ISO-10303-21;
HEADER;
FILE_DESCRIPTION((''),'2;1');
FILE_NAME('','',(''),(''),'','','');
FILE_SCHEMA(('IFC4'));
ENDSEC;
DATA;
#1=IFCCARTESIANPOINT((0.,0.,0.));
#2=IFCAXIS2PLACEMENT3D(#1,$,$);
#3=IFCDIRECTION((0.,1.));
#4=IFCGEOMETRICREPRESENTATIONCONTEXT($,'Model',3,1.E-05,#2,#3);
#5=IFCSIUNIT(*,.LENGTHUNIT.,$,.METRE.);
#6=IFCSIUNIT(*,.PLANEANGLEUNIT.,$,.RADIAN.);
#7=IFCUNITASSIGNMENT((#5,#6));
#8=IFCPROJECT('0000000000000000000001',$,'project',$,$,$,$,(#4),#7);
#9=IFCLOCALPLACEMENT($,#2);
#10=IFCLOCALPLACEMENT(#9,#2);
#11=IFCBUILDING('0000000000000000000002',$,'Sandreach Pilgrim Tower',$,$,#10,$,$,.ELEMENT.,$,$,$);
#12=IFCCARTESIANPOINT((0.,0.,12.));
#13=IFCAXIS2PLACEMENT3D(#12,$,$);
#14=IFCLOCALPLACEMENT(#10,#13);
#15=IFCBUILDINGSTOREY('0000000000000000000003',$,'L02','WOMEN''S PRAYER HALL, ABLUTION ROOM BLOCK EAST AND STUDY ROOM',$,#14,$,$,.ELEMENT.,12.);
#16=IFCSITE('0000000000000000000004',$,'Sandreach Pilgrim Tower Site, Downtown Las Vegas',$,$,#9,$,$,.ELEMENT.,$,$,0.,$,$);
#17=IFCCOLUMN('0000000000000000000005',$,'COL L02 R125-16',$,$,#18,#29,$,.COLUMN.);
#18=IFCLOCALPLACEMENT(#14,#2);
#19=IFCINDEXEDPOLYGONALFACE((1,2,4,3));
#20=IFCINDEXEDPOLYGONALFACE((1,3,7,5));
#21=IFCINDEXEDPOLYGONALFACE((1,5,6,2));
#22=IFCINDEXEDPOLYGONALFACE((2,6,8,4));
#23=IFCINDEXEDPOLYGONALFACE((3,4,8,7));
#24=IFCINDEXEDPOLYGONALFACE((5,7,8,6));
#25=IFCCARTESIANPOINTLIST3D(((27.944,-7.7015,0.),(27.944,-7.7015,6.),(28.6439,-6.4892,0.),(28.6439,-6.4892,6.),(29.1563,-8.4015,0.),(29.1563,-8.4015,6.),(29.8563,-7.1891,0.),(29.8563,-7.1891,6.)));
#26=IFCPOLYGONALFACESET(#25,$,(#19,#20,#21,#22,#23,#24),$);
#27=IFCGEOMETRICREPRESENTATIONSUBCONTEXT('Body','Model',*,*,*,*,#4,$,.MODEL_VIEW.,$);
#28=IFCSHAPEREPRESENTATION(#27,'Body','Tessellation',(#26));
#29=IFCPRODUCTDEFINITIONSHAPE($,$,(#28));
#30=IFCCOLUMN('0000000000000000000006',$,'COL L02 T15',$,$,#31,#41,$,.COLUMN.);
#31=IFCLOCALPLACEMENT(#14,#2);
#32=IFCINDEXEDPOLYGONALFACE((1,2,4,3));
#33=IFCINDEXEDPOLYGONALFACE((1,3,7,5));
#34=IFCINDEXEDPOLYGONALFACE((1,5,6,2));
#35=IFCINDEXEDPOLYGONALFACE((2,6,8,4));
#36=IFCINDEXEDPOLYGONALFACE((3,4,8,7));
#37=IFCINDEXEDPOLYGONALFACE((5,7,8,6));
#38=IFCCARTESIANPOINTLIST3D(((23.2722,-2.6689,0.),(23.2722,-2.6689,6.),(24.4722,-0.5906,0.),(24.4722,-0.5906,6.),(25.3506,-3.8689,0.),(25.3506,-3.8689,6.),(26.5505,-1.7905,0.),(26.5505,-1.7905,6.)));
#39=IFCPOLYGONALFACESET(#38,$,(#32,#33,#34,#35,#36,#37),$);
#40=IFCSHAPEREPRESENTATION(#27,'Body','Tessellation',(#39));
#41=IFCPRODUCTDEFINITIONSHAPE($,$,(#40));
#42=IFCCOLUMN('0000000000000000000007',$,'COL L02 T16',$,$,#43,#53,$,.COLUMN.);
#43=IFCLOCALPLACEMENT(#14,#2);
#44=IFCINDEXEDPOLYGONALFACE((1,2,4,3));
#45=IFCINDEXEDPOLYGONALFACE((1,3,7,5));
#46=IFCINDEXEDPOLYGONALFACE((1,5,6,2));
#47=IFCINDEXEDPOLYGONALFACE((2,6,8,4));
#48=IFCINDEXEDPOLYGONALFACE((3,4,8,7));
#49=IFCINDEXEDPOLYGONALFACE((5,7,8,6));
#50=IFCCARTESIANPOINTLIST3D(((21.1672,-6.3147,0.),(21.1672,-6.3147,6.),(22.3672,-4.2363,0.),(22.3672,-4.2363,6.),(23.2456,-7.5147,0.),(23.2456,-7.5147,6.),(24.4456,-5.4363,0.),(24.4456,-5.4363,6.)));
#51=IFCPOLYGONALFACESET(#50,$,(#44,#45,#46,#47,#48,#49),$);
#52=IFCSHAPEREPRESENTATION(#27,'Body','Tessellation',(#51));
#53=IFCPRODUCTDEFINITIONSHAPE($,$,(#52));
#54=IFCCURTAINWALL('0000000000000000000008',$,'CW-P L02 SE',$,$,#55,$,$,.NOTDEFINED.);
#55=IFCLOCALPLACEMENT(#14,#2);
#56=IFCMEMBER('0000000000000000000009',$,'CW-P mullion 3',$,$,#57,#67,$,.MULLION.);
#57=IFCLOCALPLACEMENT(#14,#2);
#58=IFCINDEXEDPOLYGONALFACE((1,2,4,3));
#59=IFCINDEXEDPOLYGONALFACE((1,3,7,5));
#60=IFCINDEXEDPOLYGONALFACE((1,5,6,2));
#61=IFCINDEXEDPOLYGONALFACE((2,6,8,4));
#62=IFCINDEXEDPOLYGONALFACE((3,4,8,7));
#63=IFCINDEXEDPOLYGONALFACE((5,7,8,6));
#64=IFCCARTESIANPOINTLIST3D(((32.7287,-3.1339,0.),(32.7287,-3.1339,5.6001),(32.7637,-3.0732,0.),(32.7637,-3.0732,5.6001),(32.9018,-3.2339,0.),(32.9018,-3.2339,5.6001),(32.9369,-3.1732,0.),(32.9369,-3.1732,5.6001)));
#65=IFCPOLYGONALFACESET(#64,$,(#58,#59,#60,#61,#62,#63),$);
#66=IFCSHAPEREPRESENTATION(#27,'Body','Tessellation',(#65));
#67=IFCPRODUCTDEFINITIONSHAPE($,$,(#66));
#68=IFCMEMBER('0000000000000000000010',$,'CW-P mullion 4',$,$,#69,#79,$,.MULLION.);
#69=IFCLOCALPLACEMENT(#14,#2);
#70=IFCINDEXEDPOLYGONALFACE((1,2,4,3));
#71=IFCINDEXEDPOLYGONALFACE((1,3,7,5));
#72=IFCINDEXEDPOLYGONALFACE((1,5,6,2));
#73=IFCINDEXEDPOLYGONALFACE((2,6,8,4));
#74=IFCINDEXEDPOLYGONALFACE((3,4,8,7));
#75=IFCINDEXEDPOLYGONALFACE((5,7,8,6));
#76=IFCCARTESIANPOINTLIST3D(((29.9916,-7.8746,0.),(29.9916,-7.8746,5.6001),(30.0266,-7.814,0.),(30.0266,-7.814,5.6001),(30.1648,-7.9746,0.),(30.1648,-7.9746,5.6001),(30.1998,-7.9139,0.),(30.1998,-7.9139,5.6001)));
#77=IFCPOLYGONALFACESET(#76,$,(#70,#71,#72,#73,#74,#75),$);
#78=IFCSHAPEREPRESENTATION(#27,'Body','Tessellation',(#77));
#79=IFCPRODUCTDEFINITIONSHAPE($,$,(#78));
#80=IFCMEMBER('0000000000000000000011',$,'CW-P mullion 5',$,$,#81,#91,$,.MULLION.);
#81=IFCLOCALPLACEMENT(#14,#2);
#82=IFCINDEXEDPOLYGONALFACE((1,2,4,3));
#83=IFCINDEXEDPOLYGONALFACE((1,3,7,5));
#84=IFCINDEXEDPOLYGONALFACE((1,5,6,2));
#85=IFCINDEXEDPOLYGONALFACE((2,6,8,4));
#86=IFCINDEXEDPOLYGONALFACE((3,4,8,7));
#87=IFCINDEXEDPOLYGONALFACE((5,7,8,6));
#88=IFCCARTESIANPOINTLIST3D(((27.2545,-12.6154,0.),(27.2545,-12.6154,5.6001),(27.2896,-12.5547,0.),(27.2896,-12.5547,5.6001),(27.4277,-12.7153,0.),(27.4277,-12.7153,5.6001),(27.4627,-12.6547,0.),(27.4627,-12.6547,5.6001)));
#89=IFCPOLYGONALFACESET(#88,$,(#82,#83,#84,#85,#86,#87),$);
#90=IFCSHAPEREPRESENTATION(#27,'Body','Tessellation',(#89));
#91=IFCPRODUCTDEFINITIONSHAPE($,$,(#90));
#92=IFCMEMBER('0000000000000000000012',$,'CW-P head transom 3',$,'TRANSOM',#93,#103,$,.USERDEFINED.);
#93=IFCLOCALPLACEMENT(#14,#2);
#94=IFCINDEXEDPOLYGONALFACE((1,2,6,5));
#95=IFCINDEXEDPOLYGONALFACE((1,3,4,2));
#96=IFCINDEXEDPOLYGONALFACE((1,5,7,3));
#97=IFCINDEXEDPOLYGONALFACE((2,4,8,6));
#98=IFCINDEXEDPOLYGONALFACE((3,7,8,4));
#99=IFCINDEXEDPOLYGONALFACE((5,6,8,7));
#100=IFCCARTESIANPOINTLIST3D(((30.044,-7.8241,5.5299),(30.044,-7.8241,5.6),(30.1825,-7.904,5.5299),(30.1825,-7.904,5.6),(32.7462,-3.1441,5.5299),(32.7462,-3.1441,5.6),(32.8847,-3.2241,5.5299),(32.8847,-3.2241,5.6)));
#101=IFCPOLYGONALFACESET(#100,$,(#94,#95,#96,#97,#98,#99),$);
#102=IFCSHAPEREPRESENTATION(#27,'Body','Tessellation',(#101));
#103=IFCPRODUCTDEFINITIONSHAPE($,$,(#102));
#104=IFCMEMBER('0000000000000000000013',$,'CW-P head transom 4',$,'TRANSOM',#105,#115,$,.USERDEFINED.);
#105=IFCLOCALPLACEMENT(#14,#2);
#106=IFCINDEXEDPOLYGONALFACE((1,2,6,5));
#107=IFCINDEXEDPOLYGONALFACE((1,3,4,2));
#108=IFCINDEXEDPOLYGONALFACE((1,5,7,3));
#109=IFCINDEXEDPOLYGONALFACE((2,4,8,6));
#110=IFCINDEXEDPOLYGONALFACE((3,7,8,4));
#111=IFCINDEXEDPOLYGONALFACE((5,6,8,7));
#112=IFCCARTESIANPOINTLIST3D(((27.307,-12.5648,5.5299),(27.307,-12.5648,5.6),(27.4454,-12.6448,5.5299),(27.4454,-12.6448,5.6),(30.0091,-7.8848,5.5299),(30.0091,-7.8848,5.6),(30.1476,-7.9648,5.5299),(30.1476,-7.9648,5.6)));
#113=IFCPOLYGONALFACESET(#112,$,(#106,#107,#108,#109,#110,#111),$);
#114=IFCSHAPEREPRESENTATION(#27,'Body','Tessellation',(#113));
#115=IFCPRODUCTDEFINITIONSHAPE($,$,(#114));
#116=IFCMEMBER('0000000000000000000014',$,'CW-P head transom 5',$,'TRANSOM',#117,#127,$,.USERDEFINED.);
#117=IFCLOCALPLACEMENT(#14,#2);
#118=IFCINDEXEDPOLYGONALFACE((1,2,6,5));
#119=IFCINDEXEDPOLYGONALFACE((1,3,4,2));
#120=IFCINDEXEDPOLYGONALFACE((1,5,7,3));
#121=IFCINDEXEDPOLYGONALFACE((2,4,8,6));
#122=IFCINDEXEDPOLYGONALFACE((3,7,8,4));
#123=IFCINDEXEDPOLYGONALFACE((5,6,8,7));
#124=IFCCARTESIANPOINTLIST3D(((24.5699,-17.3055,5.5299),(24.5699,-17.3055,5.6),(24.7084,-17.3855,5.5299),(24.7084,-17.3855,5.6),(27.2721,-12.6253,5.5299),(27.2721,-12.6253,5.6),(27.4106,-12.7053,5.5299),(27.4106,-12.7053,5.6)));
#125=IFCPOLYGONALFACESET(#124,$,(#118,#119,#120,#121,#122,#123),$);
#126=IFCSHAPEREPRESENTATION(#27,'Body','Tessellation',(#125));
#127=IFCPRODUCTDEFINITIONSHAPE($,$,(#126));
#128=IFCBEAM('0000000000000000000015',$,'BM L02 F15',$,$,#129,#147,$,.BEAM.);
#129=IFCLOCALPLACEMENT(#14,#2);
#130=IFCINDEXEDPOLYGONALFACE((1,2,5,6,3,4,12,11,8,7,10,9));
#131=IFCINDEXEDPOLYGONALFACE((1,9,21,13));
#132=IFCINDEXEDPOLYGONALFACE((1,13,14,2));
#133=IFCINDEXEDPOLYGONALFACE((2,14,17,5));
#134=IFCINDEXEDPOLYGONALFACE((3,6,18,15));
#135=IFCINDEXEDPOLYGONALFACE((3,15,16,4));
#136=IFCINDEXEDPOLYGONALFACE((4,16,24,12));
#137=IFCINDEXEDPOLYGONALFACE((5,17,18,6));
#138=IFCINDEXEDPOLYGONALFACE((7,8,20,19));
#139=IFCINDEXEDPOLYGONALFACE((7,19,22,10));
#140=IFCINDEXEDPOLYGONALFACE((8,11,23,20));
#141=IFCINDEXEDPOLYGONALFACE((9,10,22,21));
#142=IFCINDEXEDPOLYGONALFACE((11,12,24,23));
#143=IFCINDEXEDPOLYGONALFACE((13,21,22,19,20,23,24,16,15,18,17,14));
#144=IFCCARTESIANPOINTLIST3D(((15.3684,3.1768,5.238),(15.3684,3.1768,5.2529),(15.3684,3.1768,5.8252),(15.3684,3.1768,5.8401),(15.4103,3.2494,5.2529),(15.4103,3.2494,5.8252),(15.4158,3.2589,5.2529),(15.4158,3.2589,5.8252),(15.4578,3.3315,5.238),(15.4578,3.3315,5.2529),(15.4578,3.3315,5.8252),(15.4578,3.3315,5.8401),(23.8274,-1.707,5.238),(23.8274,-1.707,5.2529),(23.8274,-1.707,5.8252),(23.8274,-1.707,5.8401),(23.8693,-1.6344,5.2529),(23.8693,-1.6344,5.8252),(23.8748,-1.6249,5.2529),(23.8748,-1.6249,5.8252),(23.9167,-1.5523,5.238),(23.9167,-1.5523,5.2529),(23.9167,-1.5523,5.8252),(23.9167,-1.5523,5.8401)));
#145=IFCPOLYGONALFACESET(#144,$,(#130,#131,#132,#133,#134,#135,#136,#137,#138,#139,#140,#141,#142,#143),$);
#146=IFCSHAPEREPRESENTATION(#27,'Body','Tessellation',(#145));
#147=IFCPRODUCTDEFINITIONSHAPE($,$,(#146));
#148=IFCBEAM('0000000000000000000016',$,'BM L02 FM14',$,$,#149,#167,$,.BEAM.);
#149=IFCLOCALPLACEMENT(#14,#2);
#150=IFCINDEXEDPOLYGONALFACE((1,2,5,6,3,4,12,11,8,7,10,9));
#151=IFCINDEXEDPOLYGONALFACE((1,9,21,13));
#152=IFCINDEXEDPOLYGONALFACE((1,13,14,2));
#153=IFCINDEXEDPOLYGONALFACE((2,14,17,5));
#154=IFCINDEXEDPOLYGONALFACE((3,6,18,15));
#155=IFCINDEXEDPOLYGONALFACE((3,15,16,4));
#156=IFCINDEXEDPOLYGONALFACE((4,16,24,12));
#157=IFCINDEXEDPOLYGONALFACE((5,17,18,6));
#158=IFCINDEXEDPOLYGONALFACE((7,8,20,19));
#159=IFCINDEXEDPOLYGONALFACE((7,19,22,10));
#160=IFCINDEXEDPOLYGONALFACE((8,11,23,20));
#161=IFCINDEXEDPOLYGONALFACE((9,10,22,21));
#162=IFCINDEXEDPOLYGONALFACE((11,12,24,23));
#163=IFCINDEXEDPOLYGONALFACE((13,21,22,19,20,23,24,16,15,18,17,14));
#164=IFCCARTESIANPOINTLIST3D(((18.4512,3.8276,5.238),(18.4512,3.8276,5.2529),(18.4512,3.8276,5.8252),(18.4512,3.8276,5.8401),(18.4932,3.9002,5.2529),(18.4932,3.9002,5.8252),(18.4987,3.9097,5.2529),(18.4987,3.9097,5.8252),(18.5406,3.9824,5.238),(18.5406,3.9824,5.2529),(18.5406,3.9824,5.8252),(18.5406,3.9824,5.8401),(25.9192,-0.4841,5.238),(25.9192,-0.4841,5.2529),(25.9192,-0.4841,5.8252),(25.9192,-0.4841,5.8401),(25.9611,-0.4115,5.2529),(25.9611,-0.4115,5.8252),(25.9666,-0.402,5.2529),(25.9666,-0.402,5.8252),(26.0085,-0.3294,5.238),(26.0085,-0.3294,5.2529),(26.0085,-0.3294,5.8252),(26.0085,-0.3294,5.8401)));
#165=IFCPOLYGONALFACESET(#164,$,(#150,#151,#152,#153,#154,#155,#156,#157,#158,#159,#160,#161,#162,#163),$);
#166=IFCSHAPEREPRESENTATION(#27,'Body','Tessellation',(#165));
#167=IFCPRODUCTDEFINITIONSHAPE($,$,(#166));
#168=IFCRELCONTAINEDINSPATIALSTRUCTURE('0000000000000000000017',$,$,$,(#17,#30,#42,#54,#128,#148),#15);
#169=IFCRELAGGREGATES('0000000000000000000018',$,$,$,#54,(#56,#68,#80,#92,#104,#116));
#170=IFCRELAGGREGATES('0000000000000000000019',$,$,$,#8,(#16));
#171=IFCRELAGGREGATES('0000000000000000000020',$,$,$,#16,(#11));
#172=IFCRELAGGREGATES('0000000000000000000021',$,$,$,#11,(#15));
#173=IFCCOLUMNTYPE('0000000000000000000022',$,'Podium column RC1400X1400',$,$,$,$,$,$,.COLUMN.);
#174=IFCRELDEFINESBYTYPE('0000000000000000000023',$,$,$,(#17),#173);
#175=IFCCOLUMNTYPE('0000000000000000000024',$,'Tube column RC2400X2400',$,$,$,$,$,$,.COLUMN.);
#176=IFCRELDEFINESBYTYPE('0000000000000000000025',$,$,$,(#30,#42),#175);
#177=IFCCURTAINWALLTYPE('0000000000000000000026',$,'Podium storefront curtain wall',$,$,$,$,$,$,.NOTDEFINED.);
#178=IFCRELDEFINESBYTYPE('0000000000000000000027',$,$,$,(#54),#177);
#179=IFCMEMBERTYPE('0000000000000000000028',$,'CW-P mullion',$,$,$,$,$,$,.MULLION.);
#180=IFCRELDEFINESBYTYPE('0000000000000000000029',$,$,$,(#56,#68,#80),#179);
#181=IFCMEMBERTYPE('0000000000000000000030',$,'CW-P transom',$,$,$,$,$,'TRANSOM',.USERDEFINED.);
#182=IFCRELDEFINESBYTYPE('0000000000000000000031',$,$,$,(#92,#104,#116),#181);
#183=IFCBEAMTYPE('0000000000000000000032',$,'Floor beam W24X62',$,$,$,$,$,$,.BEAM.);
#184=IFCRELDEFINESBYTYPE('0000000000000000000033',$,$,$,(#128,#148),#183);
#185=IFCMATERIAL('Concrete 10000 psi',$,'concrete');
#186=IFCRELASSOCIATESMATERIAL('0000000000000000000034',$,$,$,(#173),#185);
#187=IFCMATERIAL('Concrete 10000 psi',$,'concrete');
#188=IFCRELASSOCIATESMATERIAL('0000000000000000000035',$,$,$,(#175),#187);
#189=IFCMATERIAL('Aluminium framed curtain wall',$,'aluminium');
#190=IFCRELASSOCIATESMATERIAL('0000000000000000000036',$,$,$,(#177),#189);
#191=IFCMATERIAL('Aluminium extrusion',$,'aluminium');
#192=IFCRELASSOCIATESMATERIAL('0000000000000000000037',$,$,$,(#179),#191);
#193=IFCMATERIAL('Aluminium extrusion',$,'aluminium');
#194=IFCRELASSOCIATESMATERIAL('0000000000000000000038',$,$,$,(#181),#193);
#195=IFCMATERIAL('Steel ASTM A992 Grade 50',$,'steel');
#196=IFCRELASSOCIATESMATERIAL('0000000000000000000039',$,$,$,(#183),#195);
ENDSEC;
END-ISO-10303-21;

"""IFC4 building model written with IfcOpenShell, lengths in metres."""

from ifc_helpers import new_model, si_unit, direction, frame, origin, origin_2d, place, context, subcontext, project, spatial, rectangle, i_section, extrude, material, material_profile, profile_set, type_object, element, aggregate, save


model = new_model("IFC4")

# Units and contexts
model_context = context("Model", 3, precision=1e-05, world=origin(), true_north=direction((0.0, 1.0)))
body_context = subcontext(model_context, "Body", "Model", "MODEL_VIEW")
ifc_project = project(units=[si_unit("LENGTHUNIT", "METRE"), si_unit("PLANEANGLEUNIT", "RADIAN")], contexts=[model_context])

# Site, building, storey
site_placement = place(None, origin())
site = spatial("IfcSite", under=ifc_project, at=site_placement, Name="Sandreach Pilgrim Tower Site, Downtown Las Vegas", CompositionType="ELEMENT", RefElevation=0.0)
building_placement = place(site_placement, origin())
building = spatial("IfcBuilding", under=site, at=building_placement, Name="Sandreach Pilgrim Tower", CompositionType="ELEMENT")
storey_placement = place(building_placement, frame((0.0, 0.0, 12.0)))
storey = spatial("IfcBuildingStorey", under=building, at=storey_placement, Name="L02", Description="WOMEN'S PRAYER HALL, ABLUTION ROOM BLOCK EAST AND STUDY ROOM", CompositionType="ELEMENT", Elevation=12.0)

# Columns
ifc_material_1 = material(Name="Concrete 10000 psi", Category="concrete")
ifc_material_profile_1 = material_profile(ifc_material_1, rectangle(XDim=1.3999, YDim=1.3999, at=origin_2d()), Name="RC1400X1400")
ifc_profile_set_1 = profile_set([ifc_material_profile_1], Name="Concrete 10000 psi")
column_type_1 = type_object("IfcColumnType", Name="Podium column RC1400X1400", PredefinedType="COLUMN", material=ifc_profile_set_1)
column_placement = place(storey_placement, frame((28.9001, -7.4453, 0.0), z_axis=(0.0, 0.0, 1.0), x_axis=(0.866025, -0.5, 0.0)))
element("IfcColumn", 1, at=column_placement, inside=storey, type_object=column_type_1, Name="COL L02 R125-16", PredefinedType="COLUMN", context=body_context, shape_type="SweptSolid", body=[
    extrude(rectangle(XDim=1.3999, YDim=1.3999, at=origin_2d()), origin(), (0.0, 0.0, 1.0), 6.0),
])
ifc_material_2 = material(Name="Concrete 10000 psi", Category="concrete")
ifc_material_profile_2 = material_profile(ifc_material_2, rectangle(XDim=2.3999, YDim=2.3999, at=origin_2d()), Name="RC2400X2400")
ifc_profile_set_2 = profile_set([ifc_material_profile_2], Name="Concrete 10000 psi")
column_type_2 = type_object("IfcColumnType", Name="Tube column RC2400X2400", PredefinedType="COLUMN", material=ifc_profile_set_2)
for number, where, z_axis, x_axis, name in (
    (2, (24.9114, -2.2297, 0.0), (0.0, 0.0, 1.0), (0.866025, -0.5, 0.0), "COL L02 T15"),
    (3, (22.8064, -5.8755, 0.0), (0.0, 0.0, 1.0), (0.866025, -0.5, 0.0), "COL L02 T16"),
):
    element("IfcColumn", number, at=place(storey_placement, frame(where, z_axis=z_axis, x_axis=x_axis)), inside=storey, type_object=column_type_2, Name=name, PredefinedType="COLUMN", context=body_context, shape_type="SweptSolid", body=[
        extrude(rectangle(XDim=2.3999, YDim=2.3999, at=origin_2d()), origin(), (0.0, 0.0, 1.0), 6.0),
    ])

# Curtain wall, members
ifc_material_3 = material(Name="Aluminium framed curtain wall", Category="aluminium")
curtain_wall_type = type_object("IfcCurtainWallType", Name="Podium storefront curtain wall", PredefinedType="NOTDEFINED", material=ifc_material_3)
curtain_wall_placement = place(storey_placement, origin())
curtain_wall = element("IfcCurtainWall", 4, at=curtain_wall_placement, inside=storey, type_object=curtain_wall_type, Name="CW-P L02 SE", PredefinedType="NOTDEFINED")
ifc_material_4 = material(Name="Aluminium extrusion", Category="aluminium")
ifc_material_profile_3 = material_profile(ifc_material_4, rectangle(XDim=0.0701, YDim=0.2, at=origin_2d()), Name="CW-PM 70X200")
ifc_profile_set_3 = profile_set([ifc_material_profile_3], Name="Aluminium extrusion")
member_type_1 = type_object("IfcMemberType", Name="CW-P mullion", PredefinedType="MULLION", material=ifc_profile_set_3)
member_1_placement = place(storey_placement, frame((32.8328, -3.1536, 0.0), z_axis=(0.0, 0.0, 1.0), x_axis=(-0.5, -0.866025, 0.0)))
member_1 = element("IfcMember", 5, at=member_1_placement, type_object=member_type_1, Name="CW-P mullion 3", PredefinedType="MULLION", context=body_context, shape_type="SweptSolid", body=[
    extrude(rectangle(XDim=0.0701, YDim=0.2, at=origin_2d()), origin(), (0.0, 0.0, 1.0), 5.6001),
])
member_2_placement = place(storey_placement, frame((30.0957, -7.8943, 0.0), z_axis=(0.0, 0.0, 1.0), x_axis=(-0.5, -0.866025, 0.0)))
member_2 = element("IfcMember", 6, at=member_2_placement, type_object=member_type_1, Name="CW-P mullion 4", PredefinedType="MULLION", context=body_context, shape_type="SweptSolid", body=[
    extrude(rectangle(XDim=0.0701, YDim=0.2, at=origin_2d()), origin(), (0.0, 0.0, 1.0), 5.6001),
])
member_3_placement = place(storey_placement, frame((27.3586, -12.635, 0.0), z_axis=(0.0, 0.0, 1.0), x_axis=(-0.5, -0.866025, 0.0)))
member_3 = element("IfcMember", 7, at=member_3_placement, type_object=member_type_1, Name="CW-P mullion 5", PredefinedType="MULLION", context=body_context, shape_type="SweptSolid", body=[
    extrude(rectangle(XDim=0.0701, YDim=0.2, at=origin_2d()), origin(), (0.0, 0.0, 1.0), 5.6001),
])
ifc_material_5 = material(Name="Aluminium extrusion", Category="aluminium")
ifc_material_profile_4 = material_profile(ifc_material_5, rectangle(XDim=0.1599, YDim=0.0701, at=origin_2d()), Name="CW-PT 160X70")
ifc_profile_set_4 = profile_set([ifc_material_profile_4], Name="Aluminium extrusion")
member_type_2 = type_object("IfcMemberType", Name="CW-P transom", ElementType="TRANSOM", PredefinedType="USERDEFINED", material=ifc_profile_set_4)
member_4_placement = place(storey_placement, frame((32.8154, -3.1841, 5.5649), z_axis=(-0.500026, -0.86601, 0.0), x_axis=(0.86601, -0.500026, 0.0)))
member_4 = element("IfcMember", 8, at=member_4_placement, type_object=member_type_2, Name="CW-P head transom 3", ObjectType="TRANSOM", PredefinedType="USERDEFINED", context=body_context, shape_type="SweptSolid", body=[
    extrude(rectangle(XDim=0.1599, YDim=0.0701, at=origin_2d()), origin(), (0.0, 0.0, 1.0), 5.4041),
])
member_5_placement = place(storey_placement, frame((30.0784, -7.9248, 5.5649), z_axis=(-0.500026, -0.86601, 0.0), x_axis=(0.86601, -0.500026, 0.0)))
member_5 = element("IfcMember", 9, at=member_5_placement, type_object=member_type_2, Name="CW-P head transom 4", ObjectType="TRANSOM", PredefinedType="USERDEFINED", context=body_context, shape_type="SweptSolid", body=[
    extrude(rectangle(XDim=0.1599, YDim=0.0701, at=origin_2d()), origin(), (0.0, 0.0, 1.0), 5.4041),
])
member_6_placement = place(storey_placement, frame((27.3413, -12.6653, 5.5649), z_axis=(-0.500007, -0.866022, 0.0), x_axis=(0.866022, -0.500007, 0.0)))
member_6 = element("IfcMember", 10, at=member_6_placement, type_object=member_type_2, Name="CW-P head transom 5", ObjectType="TRANSOM", PredefinedType="USERDEFINED", context=body_context, shape_type="SweptSolid", body=[
    extrude(rectangle(XDim=0.1599, YDim=0.0701, at=origin_2d()), origin(), (0.0, 0.0, 1.0), 5.4043),
])

# Beams
ifc_material_6 = material(Name="Steel ASTM A992 Grade 50", Category="steel")
ifc_material_profile_5 = material_profile(ifc_material_6, i_section(OverallWidth=0.1787, OverallDepth=0.6021, WebThickness=0.011, FlangeThickness=0.0149, at=origin_2d()), Name="W24X62")
ifc_profile_set_5 = profile_set([ifc_material_profile_5], Name="Steel ASTM A992 Grade 50")
beam_type_1 = type_object("IfcBeamType", Name="Floor beam W24X62", PredefinedType="BEAM", material=ifc_profile_set_5)
beam_1_placement = place(storey_placement, frame((23.8721, -1.6296, 5.5391), z_axis=(-0.866026, 0.499999, 0.0), x_axis=(-0.499999, -0.866026, 0.0)))
element("IfcBeam", 11, at=beam_1_placement, inside=storey, type_object=beam_type_1, Name="BM L02 F15", PredefinedType="BEAM", context=body_context, shape_type="SweptSolid", body=[
    extrude(i_section(OverallWidth=0.1787, OverallDepth=0.6021, WebThickness=0.011, FlangeThickness=0.0149, at=origin_2d()), origin(), (0.0, 0.0, 1.0), 9.7676),
])
beam_2_placement = place(storey_placement, frame((25.9639, -0.4067, 5.5391), z_axis=(-0.86602, 0.500009, 0.0), x_axis=(-0.500009, -0.86602, 0.0)))
element("IfcBeam", 12, at=beam_2_placement, inside=storey, type_object=beam_type_1, Name="BM L02 FM14", PredefinedType="BEAM", context=body_context, shape_type="SweptSolid", body=[
    extrude(i_section(OverallWidth=0.1787, OverallDepth=0.6021, WebThickness=0.011, FlangeThickness=0.0149, at=origin_2d()), origin(), (0.0, 0.0, 1.0), 8.6233),
])

aggregate(curtain_wall, [member_1, member_2, member_3, member_4, member_5, member_6])

save(model, "model.ifc")
